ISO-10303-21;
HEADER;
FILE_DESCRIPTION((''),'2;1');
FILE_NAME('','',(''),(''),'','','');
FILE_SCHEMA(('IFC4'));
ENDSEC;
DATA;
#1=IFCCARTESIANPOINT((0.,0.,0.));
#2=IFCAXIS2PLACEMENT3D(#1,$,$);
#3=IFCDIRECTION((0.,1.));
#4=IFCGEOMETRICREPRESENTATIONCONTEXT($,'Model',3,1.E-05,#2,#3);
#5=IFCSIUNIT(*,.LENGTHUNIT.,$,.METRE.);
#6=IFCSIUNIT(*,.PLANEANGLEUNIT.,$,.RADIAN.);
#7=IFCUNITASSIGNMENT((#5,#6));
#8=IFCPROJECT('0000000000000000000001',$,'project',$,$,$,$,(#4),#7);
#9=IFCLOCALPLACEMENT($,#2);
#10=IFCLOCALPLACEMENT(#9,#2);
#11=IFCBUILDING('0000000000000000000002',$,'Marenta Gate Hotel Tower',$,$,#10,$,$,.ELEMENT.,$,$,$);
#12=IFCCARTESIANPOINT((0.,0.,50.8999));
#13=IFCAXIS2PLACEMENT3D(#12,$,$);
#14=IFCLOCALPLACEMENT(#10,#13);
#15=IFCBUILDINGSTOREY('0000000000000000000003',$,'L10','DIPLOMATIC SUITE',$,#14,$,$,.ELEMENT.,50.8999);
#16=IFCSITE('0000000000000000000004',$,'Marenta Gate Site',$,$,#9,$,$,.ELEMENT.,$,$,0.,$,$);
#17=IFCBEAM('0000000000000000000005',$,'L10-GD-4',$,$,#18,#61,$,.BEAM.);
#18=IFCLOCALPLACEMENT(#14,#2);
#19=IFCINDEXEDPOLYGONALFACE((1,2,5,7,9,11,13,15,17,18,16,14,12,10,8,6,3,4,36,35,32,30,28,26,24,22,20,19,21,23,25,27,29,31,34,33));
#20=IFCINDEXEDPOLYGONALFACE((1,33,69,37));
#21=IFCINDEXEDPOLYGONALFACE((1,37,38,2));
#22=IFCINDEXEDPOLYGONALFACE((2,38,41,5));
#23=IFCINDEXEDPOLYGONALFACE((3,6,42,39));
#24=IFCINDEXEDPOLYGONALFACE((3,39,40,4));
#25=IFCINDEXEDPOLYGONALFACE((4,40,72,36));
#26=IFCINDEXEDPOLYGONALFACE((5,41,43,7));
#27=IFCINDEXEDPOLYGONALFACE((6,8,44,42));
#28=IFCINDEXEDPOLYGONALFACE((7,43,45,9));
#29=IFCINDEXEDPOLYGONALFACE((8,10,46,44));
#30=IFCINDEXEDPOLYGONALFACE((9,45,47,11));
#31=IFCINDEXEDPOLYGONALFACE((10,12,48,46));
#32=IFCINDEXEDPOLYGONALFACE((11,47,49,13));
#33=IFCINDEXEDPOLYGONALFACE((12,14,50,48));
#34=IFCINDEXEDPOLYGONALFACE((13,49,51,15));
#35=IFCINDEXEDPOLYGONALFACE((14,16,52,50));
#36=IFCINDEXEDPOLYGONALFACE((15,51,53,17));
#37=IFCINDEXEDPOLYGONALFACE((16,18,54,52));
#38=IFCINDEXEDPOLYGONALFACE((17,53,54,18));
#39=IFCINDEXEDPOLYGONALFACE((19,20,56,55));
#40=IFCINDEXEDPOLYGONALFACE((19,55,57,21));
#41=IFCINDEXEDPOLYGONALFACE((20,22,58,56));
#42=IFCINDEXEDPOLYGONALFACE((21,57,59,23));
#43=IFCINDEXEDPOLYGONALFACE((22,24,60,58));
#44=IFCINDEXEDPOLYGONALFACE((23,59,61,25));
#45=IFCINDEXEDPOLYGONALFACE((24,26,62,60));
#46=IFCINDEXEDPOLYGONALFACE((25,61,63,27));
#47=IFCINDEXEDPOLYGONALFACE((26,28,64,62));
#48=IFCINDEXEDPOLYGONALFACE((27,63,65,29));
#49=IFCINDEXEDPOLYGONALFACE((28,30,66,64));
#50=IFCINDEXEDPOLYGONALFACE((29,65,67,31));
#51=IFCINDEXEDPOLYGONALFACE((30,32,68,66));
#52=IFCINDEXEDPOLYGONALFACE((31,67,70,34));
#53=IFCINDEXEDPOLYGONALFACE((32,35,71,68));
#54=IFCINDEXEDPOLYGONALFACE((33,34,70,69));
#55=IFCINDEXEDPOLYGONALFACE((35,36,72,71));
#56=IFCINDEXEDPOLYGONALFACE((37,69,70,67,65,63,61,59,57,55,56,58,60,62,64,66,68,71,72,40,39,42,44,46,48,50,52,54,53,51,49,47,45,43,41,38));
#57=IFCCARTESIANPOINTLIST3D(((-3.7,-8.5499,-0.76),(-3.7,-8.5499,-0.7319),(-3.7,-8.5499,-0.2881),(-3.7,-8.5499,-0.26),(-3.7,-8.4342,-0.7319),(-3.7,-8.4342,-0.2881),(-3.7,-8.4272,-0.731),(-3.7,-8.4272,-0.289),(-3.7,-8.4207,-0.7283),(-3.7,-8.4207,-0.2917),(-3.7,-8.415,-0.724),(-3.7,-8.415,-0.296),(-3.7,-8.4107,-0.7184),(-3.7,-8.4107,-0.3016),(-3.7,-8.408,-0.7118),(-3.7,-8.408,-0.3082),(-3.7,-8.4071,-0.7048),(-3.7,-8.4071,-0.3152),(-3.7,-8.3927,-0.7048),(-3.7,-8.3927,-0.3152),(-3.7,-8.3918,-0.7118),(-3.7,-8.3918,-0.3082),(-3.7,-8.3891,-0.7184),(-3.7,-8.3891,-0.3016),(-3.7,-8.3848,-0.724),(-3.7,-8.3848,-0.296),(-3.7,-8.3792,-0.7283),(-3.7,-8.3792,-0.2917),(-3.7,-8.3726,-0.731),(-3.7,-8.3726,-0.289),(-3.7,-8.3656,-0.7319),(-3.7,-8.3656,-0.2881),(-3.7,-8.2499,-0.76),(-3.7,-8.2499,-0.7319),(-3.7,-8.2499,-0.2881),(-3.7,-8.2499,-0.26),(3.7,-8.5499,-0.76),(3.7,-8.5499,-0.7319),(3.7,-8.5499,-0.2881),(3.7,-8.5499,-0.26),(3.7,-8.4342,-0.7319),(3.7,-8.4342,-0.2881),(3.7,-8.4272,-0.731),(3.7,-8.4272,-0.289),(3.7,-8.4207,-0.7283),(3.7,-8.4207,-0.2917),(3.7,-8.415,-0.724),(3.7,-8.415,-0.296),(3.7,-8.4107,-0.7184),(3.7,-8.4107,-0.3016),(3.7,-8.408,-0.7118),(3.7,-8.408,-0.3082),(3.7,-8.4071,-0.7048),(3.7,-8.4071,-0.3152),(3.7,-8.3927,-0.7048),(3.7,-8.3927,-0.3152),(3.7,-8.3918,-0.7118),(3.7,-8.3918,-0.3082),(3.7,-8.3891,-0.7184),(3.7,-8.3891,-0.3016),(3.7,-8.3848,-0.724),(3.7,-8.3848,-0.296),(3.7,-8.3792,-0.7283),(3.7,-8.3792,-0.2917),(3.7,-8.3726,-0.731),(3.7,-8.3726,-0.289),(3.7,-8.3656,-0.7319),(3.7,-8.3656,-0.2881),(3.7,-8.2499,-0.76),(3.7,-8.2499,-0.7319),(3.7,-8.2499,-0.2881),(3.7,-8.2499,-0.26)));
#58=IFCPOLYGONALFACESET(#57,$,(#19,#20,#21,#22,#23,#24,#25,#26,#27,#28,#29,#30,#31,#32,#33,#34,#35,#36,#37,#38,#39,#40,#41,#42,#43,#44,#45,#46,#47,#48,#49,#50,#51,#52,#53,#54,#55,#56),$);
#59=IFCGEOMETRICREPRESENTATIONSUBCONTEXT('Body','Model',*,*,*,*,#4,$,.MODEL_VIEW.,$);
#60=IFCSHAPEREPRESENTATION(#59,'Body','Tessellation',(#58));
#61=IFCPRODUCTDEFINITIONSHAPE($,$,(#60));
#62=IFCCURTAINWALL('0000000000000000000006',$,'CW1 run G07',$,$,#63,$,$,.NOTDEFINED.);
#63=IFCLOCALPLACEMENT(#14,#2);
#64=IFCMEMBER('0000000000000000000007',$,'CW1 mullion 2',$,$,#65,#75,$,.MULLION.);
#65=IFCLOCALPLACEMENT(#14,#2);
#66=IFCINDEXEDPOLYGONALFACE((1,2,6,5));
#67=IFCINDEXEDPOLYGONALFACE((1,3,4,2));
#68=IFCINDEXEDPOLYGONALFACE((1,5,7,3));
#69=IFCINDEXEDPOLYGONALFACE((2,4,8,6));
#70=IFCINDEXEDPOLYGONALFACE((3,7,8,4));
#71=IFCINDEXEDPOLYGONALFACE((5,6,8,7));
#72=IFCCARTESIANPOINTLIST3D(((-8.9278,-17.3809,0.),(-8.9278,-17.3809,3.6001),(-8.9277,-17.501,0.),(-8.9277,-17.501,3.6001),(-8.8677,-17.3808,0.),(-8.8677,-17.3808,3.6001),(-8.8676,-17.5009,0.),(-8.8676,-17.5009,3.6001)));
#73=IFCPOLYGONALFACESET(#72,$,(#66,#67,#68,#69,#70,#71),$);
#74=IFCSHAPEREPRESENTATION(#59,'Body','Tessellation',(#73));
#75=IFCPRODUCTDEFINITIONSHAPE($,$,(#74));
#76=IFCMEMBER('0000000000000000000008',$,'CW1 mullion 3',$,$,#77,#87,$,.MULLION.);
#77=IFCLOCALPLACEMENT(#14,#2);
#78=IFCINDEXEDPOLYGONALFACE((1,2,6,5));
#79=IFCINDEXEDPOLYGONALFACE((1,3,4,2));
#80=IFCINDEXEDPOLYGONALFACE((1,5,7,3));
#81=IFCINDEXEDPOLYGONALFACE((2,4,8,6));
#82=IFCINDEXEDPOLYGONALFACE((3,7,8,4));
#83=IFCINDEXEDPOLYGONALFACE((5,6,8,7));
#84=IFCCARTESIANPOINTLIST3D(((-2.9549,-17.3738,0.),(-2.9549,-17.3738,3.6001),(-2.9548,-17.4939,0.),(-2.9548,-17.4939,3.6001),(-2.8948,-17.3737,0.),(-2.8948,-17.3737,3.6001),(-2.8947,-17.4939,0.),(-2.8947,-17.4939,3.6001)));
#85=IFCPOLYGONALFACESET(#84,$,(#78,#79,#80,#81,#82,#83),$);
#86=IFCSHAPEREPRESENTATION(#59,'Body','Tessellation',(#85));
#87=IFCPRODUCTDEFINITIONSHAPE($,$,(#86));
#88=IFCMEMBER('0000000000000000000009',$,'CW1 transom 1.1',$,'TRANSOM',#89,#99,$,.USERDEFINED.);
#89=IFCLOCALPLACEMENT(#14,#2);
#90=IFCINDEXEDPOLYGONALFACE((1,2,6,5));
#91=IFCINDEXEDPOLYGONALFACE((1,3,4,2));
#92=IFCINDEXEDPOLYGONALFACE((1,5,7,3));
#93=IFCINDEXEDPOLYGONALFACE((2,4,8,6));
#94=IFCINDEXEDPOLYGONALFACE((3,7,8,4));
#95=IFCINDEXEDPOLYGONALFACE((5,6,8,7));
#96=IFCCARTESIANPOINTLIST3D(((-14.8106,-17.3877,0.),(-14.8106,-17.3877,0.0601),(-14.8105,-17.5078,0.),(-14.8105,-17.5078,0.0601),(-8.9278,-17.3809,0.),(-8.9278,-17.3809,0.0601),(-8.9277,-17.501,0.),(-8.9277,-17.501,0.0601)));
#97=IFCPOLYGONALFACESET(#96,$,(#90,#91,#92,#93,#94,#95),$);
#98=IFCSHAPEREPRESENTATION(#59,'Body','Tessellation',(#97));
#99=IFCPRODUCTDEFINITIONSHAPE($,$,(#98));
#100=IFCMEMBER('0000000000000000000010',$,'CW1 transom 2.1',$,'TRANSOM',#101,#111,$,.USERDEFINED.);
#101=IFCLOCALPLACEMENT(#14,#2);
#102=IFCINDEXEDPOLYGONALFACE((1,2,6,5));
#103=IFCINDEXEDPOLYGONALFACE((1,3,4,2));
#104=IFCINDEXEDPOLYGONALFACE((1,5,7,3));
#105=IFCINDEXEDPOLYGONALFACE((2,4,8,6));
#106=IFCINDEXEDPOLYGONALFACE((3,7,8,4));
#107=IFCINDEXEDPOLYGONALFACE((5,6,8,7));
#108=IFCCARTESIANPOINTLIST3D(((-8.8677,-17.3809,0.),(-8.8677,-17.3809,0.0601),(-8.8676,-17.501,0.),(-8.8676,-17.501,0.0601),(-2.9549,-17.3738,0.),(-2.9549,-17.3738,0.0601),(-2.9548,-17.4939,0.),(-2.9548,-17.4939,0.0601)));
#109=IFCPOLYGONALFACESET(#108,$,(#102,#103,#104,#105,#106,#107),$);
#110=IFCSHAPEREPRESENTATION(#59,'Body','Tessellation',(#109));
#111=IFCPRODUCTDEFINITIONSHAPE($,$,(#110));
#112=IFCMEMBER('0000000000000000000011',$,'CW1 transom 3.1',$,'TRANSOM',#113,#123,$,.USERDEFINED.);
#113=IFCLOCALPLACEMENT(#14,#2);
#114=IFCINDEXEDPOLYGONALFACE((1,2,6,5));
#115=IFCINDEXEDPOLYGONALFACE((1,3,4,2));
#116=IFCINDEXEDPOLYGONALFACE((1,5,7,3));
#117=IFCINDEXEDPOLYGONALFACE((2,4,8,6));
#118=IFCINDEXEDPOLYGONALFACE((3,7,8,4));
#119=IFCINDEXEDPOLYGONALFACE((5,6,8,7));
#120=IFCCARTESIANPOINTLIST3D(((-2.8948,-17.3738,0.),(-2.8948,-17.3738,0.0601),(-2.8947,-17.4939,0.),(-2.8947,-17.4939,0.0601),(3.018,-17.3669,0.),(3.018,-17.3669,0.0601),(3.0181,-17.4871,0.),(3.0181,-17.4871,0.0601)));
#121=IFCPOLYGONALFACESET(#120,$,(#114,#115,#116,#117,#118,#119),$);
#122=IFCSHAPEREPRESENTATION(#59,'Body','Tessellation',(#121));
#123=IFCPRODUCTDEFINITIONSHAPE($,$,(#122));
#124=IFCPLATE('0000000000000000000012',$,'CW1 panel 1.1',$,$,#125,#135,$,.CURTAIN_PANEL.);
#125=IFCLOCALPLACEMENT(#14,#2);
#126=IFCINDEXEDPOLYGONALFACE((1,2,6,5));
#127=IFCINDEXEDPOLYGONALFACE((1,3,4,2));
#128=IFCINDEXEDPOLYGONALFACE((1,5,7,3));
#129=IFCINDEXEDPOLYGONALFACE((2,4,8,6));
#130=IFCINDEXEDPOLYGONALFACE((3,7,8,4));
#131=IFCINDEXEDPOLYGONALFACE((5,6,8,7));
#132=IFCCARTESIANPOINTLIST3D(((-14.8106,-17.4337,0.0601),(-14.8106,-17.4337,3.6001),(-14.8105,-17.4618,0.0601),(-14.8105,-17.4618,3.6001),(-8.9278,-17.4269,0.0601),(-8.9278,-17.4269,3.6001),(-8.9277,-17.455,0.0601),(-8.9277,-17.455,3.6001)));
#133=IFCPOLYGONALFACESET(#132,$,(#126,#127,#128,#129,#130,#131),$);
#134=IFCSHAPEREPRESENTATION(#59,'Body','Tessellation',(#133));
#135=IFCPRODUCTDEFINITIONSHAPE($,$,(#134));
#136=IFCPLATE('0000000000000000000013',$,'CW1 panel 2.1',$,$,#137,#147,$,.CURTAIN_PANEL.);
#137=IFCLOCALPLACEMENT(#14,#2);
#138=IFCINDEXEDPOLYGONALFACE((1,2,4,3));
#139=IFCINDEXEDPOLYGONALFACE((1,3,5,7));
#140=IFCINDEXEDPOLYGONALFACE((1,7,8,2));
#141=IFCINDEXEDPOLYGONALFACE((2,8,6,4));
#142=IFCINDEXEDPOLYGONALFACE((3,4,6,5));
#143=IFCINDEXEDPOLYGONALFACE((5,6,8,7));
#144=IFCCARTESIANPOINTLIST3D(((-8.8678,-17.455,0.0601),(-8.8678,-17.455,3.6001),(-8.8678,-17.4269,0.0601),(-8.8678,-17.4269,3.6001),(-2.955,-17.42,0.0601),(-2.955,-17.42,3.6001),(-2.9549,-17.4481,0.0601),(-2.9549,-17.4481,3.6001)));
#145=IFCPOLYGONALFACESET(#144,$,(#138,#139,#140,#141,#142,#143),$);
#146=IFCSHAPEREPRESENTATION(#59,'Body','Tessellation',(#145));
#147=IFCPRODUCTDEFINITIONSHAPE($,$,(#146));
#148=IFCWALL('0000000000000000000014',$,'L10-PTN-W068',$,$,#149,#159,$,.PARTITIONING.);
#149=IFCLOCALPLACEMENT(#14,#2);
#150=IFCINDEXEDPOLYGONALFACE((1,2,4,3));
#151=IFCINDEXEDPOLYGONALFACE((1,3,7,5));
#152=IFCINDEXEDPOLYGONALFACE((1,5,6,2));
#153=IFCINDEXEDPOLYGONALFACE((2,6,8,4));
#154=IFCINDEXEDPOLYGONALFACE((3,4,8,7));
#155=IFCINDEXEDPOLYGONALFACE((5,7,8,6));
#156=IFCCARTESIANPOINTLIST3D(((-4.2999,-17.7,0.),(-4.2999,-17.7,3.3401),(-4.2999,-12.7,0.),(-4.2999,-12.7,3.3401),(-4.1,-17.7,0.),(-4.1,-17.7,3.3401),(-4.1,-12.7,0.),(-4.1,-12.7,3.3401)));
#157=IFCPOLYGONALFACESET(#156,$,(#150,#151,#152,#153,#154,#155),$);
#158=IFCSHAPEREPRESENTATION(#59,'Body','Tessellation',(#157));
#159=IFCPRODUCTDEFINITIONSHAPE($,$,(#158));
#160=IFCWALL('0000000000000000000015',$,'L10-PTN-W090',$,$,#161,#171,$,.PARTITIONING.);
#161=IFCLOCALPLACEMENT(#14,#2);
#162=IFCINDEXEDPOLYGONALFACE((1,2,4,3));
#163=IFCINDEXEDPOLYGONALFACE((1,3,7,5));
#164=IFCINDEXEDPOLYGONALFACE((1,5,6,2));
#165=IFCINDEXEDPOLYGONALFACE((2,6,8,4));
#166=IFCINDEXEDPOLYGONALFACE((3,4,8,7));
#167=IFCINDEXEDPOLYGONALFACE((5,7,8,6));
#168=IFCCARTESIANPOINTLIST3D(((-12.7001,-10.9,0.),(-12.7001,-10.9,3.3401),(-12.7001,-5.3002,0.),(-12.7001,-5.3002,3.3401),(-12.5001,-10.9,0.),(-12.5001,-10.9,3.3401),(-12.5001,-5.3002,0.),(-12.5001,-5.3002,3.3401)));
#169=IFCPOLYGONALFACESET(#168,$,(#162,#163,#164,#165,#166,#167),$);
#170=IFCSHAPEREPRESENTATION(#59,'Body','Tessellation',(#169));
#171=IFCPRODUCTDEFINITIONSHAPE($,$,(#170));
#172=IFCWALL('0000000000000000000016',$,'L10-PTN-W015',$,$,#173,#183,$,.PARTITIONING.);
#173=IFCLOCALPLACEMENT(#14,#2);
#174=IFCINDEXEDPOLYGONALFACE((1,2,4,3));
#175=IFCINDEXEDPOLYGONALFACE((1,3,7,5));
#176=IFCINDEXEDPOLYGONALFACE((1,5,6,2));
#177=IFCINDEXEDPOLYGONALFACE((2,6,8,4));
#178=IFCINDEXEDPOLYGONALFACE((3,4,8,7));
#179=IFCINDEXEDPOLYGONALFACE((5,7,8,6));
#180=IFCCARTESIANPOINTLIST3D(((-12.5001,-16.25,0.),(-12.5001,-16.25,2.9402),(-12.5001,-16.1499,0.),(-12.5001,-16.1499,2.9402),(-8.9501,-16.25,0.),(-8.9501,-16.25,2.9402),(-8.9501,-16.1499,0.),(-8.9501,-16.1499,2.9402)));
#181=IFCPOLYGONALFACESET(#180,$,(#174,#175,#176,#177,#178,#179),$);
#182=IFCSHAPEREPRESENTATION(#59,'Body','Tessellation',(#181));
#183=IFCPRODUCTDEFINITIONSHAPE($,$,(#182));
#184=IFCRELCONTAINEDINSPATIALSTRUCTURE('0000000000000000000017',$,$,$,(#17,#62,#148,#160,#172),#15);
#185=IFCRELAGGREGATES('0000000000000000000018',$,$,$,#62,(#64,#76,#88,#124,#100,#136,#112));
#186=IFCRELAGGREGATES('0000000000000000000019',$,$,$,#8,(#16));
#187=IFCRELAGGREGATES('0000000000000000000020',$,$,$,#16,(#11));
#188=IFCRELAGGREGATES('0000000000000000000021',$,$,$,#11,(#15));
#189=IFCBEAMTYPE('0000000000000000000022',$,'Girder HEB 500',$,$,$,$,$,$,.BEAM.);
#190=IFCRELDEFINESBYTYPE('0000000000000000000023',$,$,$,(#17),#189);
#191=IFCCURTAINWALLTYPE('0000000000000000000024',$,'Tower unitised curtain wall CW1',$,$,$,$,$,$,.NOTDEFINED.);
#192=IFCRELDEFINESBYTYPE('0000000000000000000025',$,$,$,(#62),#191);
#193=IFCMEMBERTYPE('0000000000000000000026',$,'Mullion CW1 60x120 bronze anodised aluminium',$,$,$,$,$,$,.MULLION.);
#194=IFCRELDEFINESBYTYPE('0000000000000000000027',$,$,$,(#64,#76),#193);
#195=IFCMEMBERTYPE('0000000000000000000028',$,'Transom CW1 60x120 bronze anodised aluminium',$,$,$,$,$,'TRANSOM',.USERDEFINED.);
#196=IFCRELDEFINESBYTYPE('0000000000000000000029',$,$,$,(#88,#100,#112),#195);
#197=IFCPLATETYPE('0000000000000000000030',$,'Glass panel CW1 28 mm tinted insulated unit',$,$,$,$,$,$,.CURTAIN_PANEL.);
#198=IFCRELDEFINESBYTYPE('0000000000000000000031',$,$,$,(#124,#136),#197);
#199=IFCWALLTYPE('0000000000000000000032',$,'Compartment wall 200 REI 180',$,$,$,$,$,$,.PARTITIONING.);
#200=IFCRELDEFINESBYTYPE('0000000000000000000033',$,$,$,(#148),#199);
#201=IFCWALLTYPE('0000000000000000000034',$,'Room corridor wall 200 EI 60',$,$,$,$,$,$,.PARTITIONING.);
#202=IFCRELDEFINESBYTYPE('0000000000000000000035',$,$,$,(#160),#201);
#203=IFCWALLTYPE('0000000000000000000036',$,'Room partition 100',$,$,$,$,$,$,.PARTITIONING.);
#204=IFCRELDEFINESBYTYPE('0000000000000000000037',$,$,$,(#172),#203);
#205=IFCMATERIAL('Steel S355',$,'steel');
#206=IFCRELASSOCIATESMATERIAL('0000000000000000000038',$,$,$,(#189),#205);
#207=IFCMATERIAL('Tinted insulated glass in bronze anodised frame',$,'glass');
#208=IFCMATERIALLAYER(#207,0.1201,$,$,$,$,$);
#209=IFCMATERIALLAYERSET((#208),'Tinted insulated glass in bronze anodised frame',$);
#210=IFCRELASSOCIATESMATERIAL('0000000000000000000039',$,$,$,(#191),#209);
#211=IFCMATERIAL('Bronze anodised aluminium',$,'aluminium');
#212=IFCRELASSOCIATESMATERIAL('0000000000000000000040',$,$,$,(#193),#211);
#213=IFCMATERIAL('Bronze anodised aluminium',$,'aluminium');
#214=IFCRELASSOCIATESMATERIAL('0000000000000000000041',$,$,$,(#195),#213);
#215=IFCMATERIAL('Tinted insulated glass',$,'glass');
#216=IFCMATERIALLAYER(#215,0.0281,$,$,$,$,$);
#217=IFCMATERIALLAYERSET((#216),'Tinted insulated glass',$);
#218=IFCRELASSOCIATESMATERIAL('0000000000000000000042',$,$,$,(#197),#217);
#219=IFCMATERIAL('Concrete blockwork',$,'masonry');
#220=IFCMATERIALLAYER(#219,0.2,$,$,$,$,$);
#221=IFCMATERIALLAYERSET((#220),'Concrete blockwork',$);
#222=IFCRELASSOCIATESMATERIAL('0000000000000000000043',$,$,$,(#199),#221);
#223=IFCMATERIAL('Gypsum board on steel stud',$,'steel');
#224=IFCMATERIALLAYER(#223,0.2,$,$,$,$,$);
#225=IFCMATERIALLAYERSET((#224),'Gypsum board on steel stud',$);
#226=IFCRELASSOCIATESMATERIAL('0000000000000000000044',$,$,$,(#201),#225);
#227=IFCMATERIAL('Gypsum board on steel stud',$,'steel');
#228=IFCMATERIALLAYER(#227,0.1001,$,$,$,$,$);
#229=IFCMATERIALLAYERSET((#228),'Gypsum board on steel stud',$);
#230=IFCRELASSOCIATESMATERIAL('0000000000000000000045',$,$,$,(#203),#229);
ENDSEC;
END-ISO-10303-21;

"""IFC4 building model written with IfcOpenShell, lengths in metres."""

from ifc_helpers import new_model, si_unit, direction, frame, frame_2d, origin, origin_2d, place, context, subcontext, project, spatial, rectangle, i_section, extrude, material, layer, layer_set, material_profile, profile_set, type_object, element, aggregate, save


model = new_model("IFC4")

# Units and contexts
model_context = context("Model", 3, precision=1e-05, world=origin(), true_north=direction((0.0, 1.0)))
body_context = subcontext(model_context, "Body", "Model", "MODEL_VIEW")
ifc_project = project(units=[si_unit("LENGTHUNIT", "METRE"), si_unit("PLANEANGLEUNIT", "RADIAN")], contexts=[model_context])

# Site, building, storey
site_placement = place(None, origin())
site = spatial("IfcSite", under=ifc_project, at=site_placement, Name="Marenta Gate Site", CompositionType="ELEMENT", RefElevation=0.0)
building_placement = place(site_placement, origin())
building = spatial("IfcBuilding", under=site, at=building_placement, Name="Marenta Gate Hotel Tower", CompositionType="ELEMENT")
storey_placement = place(building_placement, frame((0.0, 0.0, 50.8999)))
storey = spatial("IfcBuildingStorey", under=building, at=storey_placement, Name="L10", Description="DIPLOMATIC SUITE", CompositionType="ELEMENT", Elevation=50.8999)

# Beam
ifc_material_1 = material(Name="Steel S355", Category="steel")
ifc_material_profile_1 = material_profile(ifc_material_1, i_section(OverallWidth=0.3, OverallDepth=0.5, WebThickness=0.0144, FlangeThickness=0.0281, FilletRadius=0.0271, at=origin_2d()), Name="HEB 500")
ifc_profile_set_1 = profile_set([ifc_material_profile_1], Name="Steel S355")
beam_type_1 = type_object("IfcBeamType", Name="Girder HEB 500", PredefinedType="BEAM", material=ifc_profile_set_1)
beam_1_placement = place(storey_placement, frame((-3.7, -8.3999, -0.51), z_axis=(1.0, 0.0, 0.0), x_axis=(0.0, 1.0, 0.0)))
element("IfcBeam", 1, at=beam_1_placement, inside=storey, type_object=beam_type_1, Name="L10-GD-4", PredefinedType="BEAM", context=body_context, shape_type="SweptSolid", body=[
    extrude(i_section(OverallWidth=0.3, OverallDepth=0.5, WebThickness=0.0144, FlangeThickness=0.0281, FilletRadius=0.0271, at=origin_2d()), origin(), (0.0, 0.0, 1.0), 7.3999),
])

# Curtain wall, members, plates
ifc_material_2 = material(Name="Tinted insulated glass in bronze anodised frame", Category="glass")
ifc_layer_1 = layer(ifc_material_2, 0.1201)
ifc_layer_set_1 = layer_set([ifc_layer_1], Name="Tinted insulated glass in bronze anodised frame")
curtain_wall_type = type_object("IfcCurtainWallType", Name="Tower unitised curtain wall CW1", PredefinedType="NOTDEFINED", material=ifc_layer_set_1)
curtain_wall_placement = place(storey_placement, origin())
curtain_wall = element("IfcCurtainWall", 2, at=curtain_wall_placement, inside=storey, type_object=curtain_wall_type, Name="CW1 run G07", PredefinedType="NOTDEFINED")
ifc_material_3 = material(Name="Bronze anodised aluminium", Category="aluminium")
ifc_material_profile_2 = material_profile(ifc_material_3, rectangle(XDim=0.1201, YDim=0.0601, at=origin_2d()), Name="Mullion CW1 60x120 bronze anodised aluminium")
ifc_profile_set_2 = profile_set([ifc_material_profile_2], Name="Bronze anodised aluminium")
member_type_1 = type_object("IfcMemberType", Name="Mullion CW1 60x120 bronze anodised aluminium", PredefinedType="MULLION", material=ifc_profile_set_2)
member_1_placement = place(storey_placement, frame((-8.8977, -17.4409, 0.0), z_axis=(0.0, 0.0, 1.0), x_axis=(-0.001162, 0.999999, 0.0)))
member_1 = element("IfcMember", 3, at=member_1_placement, type_object=member_type_1, Name="CW1 mullion 2", PredefinedType="MULLION", context=body_context, shape_type="SweptSolid", body=[
    extrude(rectangle(XDim=0.1201, YDim=0.0601, at=origin_2d()), origin(), (0.0, 0.0, 1.0), 3.6001),
])
member_2_placement = place(storey_placement, frame((-2.9248, -17.4338, 0.0), z_axis=(0.0, 0.0, 1.0), x_axis=(-0.001162, 0.999999, 0.0)))
member_2 = element("IfcMember", 4, at=member_2_placement, type_object=member_type_1, Name="CW1 mullion 3", PredefinedType="MULLION", context=body_context, shape_type="SweptSolid", body=[
    extrude(rectangle(XDim=0.1201, YDim=0.0601, at=origin_2d()), origin(), (0.0, 0.0, 1.0), 3.6001),
])
ifc_material_4 = material(Name="Bronze anodised aluminium", Category="aluminium")
ifc_material_profile_3 = material_profile(ifc_material_4, rectangle(XDim=0.1201, YDim=0.0601, at=origin_2d()), Name="Transom CW1 60x120 bronze anodised aluminium")
ifc_profile_set_3 = profile_set([ifc_material_profile_3], Name="Bronze anodised aluminium")
member_type_2 = type_object("IfcMemberType", Name="Transom CW1 60x120 bronze anodised aluminium", ElementType="TRANSOM", PredefinedType="USERDEFINED", material=ifc_profile_set_3)
member_3_placement = place(storey_placement, frame((-14.8105, -17.4478, 0.03), z_axis=(0.999999, 0.001162, 0.0), x_axis=(-0.001162, 0.999999, 0.0)))
member_3 = element("IfcMember", 5, at=member_3_placement, type_object=member_type_2, Name="CW1 transom 1.1", ObjectType="TRANSOM", PredefinedType="USERDEFINED", context=body_context, shape_type="SweptSolid", body=[
    extrude(rectangle(XDim=0.1201, YDim=0.0601, at=origin_2d()), origin(), (0.0, 0.0, 1.0), 5.8828),
])
member_4_placement = place(storey_placement, frame((-8.8677, -17.4409, 0.03), z_axis=(0.999999, 0.001197, 0.0), x_axis=(-0.001197, 0.999999, 0.0)))
member_4 = element("IfcMember", 6, at=member_4_placement, type_object=member_type_2, Name="CW1 transom 2.1", ObjectType="TRANSOM", PredefinedType="USERDEFINED", context=body_context, shape_type="SweptSolid", body=[
    extrude(rectangle(XDim=0.1201, YDim=0.0601, at=origin_2d()), origin(), (0.0, 0.0, 1.0), 5.9128),
])
member_5_placement = place(storey_placement, frame((-2.8948, -17.4338, 0.03), z_axis=(0.999999, 0.001156, 0.0), x_axis=(-0.001156, 0.999999, 0.0)))
member_5 = element("IfcMember", 7, at=member_5_placement, type_object=member_type_2, Name="CW1 transom 3.1", ObjectType="TRANSOM", PredefinedType="USERDEFINED", context=body_context, shape_type="SweptSolid", body=[
    extrude(rectangle(XDim=0.1201, YDim=0.0601, at=origin_2d()), origin(), (0.0, 0.0, 1.0), 5.9128),
])
ifc_material_5 = material(Name="Tinted insulated glass", Category="glass")
ifc_layer_2 = layer(ifc_material_5, 0.0281)
ifc_layer_set_2 = layer_set([ifc_layer_2], Name="Tinted insulated glass")
plate_type = type_object("IfcPlateType", Name="Glass panel CW1 28 mm tinted insulated unit", PredefinedType="CURTAIN_PANEL", material=ifc_layer_set_2)
plate_1_placement = place(storey_placement, frame((-11.8691, -17.4443, 0.0601), z_axis=(0.0, 0.0, 1.0), x_axis=(0.999999, 0.001162, 0.0)))
plate_1 = element("IfcPlate", 8, at=plate_1_placement, type_object=plate_type, Name="CW1 panel 1.1", PredefinedType="CURTAIN_PANEL", context=body_context, shape_type="SweptSolid", body=[
    extrude(rectangle(XDim=5.8828, YDim=0.0281, at=origin_2d()), origin(), (0.0, 0.0, 1.0), 3.54),
])
plate_2_placement = place(storey_placement, frame((-5.9114, -17.4375, 0.0601), z_axis=(0.0, 0.0, 1.0), x_axis=(0.999999, 0.001162, 0.0)))
plate_2 = element("IfcPlate", 9, at=plate_2_placement, type_object=plate_type, Name="CW1 panel 2.1", PredefinedType="CURTAIN_PANEL", context=body_context, shape_type="SweptSolid", body=[
    extrude(rectangle(XDim=5.9128, YDim=0.0281, at=origin_2d()), origin(), (0.0, 0.0, 1.0), 3.54),
])
aggregate(curtain_wall, [member_1, member_2, member_3, plate_1, member_4, plate_2, member_5])

# Wall
ifc_material_6 = material(Name="Concrete blockwork", Category="masonry")
ifc_layer_3 = layer(ifc_material_6, 0.2)
ifc_layer_set_3 = layer_set([ifc_layer_3], Name="Concrete blockwork")
wall_type_1 = type_object("IfcWallType", Name="Compartment wall 200 REI 180", PredefinedType="PARTITIONING", material=ifc_layer_set_3)
wall_1_placement = place(storey_placement, frame((-4.2, -17.7, 0.0), z_axis=(0.0, 0.0, 1.0), x_axis=(0.0, 1.0, 0.0)))
element("IfcWall", 10, at=wall_1_placement, inside=storey, type_object=wall_type_1, Name="L10-PTN-W068", PredefinedType="PARTITIONING", context=body_context, shape_type="SweptSolid", body=[
    extrude(rectangle(XDim=5.0, YDim=0.2, at=frame_2d((2.5, 0.0))), origin(), (0.0, 0.0, 1.0), 3.3401),
])

# Shared definitions
ifc_material_7 = material(Name="Gypsum board on steel stud", Category="steel")
ifc_layer_4 = layer(ifc_material_7, 0.2)
ifc_layer_set_4 = layer_set([ifc_layer_4], Name="Gypsum board on steel stud")
wall_type_2 = type_object("IfcWallType", Name="Room corridor wall 200 EI 60", PredefinedType="PARTITIONING", material=ifc_layer_set_4)

# Walls
wall_2_placement = place(storey_placement, frame((-12.6001, -10.8999, 0.0), z_axis=(0.0, 0.0, 1.0), x_axis=(0.0, 1.0, 0.0)))
element("IfcWall", 11, at=wall_2_placement, inside=storey, type_object=wall_type_2, Name="L10-PTN-W090", PredefinedType="PARTITIONING", context=body_context, shape_type="SweptSolid", body=[
    extrude(rectangle(XDim=5.5999, YDim=0.2, at=frame_2d((2.7998, 0.0))), origin(), (0.0, 0.0, 1.0), 3.3401),
])
ifc_material_8 = material(Name="Gypsum board on steel stud", Category="steel")
ifc_layer_5 = layer(ifc_material_8, 0.1001)
ifc_layer_set_5 = layer_set([ifc_layer_5], Name="Gypsum board on steel stud")
wall_type_3 = type_object("IfcWallType", Name="Room partition 100", PredefinedType="PARTITIONING", material=ifc_layer_set_5)
wall_3_placement = place(storey_placement, frame((-12.5, -16.2, 0.0), z_axis=(0.0, 0.0, 1.0), x_axis=(1.0, 0.0, 0.0)))
element("IfcWall", 12, at=wall_3_placement, inside=storey, type_object=wall_type_3, Name="L10-PTN-W015", PredefinedType="PARTITIONING", context=body_context, shape_type="SweptSolid", body=[
    extrude(rectangle(XDim=3.55, YDim=0.1001, at=frame_2d((1.7749, 0.0))), origin(), (0.0, 0.0, 1.0), 2.9402),
])

save(model, "model.ifc")
